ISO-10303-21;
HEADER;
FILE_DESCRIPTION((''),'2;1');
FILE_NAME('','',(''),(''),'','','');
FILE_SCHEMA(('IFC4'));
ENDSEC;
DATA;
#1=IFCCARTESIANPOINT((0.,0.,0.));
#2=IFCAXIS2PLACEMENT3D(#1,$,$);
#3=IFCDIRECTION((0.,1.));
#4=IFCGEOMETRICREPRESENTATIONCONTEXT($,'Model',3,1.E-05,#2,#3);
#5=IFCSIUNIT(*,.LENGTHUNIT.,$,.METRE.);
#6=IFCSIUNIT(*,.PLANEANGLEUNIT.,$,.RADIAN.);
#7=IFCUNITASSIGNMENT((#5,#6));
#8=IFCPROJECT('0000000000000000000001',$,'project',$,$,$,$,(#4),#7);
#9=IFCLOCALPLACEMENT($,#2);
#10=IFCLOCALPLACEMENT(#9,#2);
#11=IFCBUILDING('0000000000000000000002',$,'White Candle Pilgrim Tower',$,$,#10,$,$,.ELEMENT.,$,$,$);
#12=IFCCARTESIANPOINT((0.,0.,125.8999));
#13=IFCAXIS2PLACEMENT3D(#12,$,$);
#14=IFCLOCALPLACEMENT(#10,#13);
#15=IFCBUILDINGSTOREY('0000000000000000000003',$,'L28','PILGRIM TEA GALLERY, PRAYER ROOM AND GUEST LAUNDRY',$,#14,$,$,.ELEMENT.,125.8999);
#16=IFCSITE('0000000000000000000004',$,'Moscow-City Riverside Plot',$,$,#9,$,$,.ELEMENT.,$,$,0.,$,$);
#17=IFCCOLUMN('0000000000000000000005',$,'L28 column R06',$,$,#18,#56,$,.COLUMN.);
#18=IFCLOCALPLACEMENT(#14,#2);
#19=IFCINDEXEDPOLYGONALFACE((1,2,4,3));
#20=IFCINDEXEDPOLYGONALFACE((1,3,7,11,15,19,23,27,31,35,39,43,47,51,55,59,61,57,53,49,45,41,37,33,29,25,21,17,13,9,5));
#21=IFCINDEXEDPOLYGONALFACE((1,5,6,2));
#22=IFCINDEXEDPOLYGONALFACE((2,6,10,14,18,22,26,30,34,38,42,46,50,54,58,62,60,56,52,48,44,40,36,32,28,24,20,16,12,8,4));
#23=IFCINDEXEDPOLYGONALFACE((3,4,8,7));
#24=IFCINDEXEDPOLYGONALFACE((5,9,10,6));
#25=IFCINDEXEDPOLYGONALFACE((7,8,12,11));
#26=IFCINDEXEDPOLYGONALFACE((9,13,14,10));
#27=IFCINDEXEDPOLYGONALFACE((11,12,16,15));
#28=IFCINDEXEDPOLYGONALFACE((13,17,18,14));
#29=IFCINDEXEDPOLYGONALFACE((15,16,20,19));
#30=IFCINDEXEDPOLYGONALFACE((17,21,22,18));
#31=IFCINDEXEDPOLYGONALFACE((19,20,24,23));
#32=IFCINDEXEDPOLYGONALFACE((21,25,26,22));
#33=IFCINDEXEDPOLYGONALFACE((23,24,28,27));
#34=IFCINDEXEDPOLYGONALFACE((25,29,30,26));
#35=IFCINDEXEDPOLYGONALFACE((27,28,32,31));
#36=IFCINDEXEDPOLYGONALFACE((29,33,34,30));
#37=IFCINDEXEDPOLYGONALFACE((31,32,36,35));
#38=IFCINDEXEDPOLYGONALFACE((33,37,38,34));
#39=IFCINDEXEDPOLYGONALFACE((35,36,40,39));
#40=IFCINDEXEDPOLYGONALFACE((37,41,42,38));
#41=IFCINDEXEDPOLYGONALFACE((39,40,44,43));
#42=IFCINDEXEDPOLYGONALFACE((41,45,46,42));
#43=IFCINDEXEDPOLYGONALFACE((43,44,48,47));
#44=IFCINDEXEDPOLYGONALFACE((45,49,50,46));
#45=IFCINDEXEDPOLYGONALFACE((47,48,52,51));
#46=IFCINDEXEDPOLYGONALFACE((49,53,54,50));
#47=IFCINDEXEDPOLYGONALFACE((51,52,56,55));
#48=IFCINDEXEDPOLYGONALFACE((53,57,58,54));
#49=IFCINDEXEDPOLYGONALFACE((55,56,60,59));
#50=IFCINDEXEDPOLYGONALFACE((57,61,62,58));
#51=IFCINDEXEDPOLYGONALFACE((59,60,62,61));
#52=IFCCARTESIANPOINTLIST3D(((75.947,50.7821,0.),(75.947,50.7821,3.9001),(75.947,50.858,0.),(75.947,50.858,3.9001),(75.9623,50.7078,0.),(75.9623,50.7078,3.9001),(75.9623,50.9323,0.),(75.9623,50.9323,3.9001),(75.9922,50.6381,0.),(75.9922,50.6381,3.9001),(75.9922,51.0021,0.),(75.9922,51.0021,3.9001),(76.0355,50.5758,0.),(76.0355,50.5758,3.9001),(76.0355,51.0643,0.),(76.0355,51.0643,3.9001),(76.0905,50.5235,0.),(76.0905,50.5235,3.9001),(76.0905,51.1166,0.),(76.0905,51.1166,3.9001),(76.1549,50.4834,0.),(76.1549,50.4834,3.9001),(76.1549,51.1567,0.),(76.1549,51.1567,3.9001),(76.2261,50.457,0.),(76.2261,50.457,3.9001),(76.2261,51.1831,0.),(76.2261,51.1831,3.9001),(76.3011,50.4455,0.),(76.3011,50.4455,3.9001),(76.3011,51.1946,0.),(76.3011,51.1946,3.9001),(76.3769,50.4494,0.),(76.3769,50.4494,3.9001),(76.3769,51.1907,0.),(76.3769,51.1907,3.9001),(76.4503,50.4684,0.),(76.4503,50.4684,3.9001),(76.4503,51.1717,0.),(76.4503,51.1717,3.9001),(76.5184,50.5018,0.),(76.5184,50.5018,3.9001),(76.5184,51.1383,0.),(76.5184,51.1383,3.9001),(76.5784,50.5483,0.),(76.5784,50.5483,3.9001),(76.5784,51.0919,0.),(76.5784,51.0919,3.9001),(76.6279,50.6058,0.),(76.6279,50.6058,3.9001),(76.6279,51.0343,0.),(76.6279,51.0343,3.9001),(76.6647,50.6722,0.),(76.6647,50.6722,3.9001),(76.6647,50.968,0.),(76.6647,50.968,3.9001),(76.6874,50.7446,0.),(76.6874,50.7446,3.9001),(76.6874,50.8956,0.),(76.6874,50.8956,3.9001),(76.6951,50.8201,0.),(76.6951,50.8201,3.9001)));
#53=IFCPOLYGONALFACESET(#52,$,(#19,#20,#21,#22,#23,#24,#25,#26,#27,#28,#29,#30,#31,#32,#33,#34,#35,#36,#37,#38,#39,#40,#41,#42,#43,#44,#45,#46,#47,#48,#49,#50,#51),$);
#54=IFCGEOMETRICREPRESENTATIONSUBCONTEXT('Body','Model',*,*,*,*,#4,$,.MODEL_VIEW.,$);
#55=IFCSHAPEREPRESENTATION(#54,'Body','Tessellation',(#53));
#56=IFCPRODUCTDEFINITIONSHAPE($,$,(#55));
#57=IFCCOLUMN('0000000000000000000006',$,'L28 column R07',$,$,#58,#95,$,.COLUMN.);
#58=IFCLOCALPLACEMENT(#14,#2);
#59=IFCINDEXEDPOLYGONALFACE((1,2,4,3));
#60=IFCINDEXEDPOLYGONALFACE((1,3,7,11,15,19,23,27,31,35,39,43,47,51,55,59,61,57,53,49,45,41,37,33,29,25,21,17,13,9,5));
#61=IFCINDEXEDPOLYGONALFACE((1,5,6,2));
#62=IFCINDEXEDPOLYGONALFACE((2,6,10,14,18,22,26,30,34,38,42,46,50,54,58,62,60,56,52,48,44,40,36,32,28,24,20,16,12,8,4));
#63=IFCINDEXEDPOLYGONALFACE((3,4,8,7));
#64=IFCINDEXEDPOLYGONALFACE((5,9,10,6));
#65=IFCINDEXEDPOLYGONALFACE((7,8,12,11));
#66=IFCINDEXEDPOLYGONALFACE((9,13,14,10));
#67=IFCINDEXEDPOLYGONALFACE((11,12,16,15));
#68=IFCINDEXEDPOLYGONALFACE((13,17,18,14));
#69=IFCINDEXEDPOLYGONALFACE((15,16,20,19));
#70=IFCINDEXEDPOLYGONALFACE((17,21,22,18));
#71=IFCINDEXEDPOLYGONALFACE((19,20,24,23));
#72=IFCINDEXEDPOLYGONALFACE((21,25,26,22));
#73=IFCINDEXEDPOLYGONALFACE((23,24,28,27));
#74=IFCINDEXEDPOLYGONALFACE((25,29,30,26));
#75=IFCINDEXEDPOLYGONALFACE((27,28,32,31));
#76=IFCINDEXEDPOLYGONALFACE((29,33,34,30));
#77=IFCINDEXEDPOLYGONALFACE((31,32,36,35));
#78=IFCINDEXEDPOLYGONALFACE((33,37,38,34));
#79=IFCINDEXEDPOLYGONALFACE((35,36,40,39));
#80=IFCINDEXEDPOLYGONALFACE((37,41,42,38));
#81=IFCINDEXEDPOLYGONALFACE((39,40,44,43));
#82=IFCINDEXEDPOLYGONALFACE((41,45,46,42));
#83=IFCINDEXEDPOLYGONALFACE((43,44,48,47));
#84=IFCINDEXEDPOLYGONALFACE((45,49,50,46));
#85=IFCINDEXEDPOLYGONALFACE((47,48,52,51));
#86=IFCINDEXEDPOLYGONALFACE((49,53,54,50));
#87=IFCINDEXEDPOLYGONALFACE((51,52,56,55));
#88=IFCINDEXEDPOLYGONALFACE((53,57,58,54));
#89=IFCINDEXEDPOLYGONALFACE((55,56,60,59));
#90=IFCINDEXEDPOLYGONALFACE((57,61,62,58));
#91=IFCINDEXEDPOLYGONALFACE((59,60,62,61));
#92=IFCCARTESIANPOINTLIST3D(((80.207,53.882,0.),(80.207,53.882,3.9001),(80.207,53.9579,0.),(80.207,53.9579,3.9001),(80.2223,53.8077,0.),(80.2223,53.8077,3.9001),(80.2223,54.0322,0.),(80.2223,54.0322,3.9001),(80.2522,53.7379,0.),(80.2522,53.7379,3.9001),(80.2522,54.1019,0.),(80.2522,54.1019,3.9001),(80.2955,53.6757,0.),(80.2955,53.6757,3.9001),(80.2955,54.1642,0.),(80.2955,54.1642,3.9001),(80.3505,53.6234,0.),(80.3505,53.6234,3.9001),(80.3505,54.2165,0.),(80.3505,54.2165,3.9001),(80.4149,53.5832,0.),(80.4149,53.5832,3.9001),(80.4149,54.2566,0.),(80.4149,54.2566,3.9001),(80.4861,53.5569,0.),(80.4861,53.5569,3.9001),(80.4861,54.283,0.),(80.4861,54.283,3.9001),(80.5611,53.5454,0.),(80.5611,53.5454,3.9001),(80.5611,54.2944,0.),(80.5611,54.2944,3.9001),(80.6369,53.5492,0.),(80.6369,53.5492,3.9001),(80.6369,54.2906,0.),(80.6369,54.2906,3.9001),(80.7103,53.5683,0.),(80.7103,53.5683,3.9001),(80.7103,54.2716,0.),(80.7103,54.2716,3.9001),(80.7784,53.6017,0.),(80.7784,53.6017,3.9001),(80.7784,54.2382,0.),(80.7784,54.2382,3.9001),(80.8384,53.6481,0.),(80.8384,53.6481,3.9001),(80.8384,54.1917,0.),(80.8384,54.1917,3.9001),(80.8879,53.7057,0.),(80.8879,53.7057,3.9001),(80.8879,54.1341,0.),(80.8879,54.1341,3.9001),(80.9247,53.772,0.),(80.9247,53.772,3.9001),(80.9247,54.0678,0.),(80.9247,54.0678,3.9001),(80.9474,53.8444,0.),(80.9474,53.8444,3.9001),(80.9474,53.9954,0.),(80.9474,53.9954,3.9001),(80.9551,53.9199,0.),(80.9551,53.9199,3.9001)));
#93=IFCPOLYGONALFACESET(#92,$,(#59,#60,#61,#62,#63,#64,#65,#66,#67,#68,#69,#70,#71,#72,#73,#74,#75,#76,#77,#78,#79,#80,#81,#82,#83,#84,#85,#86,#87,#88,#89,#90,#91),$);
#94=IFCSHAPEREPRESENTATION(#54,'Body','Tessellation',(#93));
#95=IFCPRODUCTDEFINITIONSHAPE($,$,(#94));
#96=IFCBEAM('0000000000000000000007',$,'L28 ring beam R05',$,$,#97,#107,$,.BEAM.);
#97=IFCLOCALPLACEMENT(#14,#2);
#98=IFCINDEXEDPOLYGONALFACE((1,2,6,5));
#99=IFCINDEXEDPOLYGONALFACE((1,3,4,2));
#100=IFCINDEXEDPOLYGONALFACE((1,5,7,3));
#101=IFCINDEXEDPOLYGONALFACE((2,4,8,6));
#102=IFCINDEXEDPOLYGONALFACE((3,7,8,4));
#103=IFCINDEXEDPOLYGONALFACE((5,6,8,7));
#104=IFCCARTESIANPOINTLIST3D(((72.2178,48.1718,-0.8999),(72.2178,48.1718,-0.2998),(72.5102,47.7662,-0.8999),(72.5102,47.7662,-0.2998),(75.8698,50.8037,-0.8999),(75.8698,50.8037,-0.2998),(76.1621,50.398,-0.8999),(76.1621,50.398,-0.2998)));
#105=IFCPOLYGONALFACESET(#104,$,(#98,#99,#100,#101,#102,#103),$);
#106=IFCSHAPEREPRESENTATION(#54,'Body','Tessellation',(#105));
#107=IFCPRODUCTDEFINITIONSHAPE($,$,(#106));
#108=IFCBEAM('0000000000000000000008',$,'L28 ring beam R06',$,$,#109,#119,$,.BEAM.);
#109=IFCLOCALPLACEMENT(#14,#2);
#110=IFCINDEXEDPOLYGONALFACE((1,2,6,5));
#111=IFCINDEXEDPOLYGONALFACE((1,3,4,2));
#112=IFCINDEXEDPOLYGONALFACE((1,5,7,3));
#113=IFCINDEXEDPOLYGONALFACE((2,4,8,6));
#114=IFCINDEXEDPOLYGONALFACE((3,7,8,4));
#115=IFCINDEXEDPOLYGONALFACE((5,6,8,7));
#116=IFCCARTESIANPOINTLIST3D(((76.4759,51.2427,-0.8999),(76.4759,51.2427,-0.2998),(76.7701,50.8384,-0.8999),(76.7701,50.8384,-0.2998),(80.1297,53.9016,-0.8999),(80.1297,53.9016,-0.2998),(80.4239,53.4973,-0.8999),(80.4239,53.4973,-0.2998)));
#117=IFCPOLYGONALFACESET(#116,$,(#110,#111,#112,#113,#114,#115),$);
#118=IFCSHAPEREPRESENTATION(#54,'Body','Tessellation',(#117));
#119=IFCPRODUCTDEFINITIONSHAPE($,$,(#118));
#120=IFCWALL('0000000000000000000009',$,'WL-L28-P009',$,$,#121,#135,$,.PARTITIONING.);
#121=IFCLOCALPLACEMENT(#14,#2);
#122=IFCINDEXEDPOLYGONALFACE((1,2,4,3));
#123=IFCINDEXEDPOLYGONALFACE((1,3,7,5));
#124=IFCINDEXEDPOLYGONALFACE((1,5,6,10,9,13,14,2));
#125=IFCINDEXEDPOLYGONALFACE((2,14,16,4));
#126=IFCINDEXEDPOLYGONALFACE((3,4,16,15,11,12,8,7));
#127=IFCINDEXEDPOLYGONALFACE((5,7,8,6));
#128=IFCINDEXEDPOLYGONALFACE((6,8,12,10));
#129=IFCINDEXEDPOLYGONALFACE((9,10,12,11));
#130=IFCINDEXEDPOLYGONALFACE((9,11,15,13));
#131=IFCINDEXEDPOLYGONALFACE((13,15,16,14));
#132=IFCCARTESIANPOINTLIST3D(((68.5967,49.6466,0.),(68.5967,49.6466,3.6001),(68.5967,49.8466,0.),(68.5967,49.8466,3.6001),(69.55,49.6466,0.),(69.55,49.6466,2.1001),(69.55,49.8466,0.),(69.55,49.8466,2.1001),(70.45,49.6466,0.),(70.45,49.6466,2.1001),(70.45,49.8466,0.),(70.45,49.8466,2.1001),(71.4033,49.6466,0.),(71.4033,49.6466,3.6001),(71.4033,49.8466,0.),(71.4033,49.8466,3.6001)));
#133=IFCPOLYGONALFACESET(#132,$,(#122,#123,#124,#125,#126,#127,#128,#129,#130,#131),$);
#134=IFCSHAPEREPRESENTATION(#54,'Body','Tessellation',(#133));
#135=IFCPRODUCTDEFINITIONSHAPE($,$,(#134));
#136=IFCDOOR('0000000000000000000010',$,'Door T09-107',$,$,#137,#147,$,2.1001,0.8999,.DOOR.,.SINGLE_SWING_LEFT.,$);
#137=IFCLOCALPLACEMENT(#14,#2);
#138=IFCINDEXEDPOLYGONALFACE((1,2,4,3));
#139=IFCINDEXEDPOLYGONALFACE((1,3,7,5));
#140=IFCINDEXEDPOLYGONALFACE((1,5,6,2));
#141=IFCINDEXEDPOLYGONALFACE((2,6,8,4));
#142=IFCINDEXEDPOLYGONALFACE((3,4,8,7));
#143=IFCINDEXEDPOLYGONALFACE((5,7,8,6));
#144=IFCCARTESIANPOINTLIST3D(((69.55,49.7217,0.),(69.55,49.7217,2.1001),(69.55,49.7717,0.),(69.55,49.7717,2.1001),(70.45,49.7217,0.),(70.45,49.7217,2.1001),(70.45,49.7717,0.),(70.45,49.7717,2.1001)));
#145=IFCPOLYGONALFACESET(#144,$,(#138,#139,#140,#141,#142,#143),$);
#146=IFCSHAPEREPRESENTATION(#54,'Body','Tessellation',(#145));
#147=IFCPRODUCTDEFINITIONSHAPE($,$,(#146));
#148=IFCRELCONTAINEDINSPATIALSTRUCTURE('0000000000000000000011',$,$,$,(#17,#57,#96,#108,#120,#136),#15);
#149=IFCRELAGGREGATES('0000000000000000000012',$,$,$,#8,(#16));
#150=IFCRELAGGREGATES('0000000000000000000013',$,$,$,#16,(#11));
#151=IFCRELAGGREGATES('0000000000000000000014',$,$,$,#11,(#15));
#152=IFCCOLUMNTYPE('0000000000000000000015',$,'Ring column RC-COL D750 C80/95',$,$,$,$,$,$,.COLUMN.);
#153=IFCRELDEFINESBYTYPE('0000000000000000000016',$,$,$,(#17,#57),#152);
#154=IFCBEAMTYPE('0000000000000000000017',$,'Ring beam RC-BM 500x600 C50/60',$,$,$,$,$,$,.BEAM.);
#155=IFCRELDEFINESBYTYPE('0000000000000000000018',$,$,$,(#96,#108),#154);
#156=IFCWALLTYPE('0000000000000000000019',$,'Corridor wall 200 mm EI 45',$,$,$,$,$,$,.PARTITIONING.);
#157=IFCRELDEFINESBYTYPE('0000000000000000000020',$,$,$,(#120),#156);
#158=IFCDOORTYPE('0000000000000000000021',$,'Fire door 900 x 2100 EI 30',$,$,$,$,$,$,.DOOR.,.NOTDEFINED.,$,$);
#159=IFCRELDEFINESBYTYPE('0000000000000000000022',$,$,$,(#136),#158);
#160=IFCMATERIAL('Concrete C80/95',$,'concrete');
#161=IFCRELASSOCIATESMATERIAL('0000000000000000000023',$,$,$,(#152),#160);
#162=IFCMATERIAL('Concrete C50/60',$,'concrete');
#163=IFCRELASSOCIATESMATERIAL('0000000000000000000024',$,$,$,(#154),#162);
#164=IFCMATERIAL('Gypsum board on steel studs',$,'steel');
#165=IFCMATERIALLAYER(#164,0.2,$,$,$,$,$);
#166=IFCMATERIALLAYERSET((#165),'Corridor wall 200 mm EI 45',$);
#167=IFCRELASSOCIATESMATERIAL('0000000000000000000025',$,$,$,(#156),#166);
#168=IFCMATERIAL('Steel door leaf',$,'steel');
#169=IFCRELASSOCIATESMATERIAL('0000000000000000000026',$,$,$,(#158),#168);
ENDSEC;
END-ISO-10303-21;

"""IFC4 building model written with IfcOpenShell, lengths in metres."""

from ifc_helpers import new_model, si_unit, direction, frame, frame_2d, origin, origin_2d, place, context, subcontext, project, spatial, rectangle, circle, extrude, material, layer, layer_set, material_profile, profile_set, type_object, element, fill, save


model = new_model("IFC4")

# Units and contexts
model_context = context("Model", 3, precision=1e-05, world=origin(), true_north=direction((0.0, 1.0)))
body_context = subcontext(model_context, "Body", "Model", "MODEL_VIEW")
ifc_project = project(units=[si_unit("LENGTHUNIT", "METRE"), si_unit("PLANEANGLEUNIT", "RADIAN")], contexts=[model_context])

# Site, building, storey
site_placement = place(None, origin())
site = spatial("IfcSite", under=ifc_project, at=site_placement, Name="Moscow-City Riverside Plot", CompositionType="ELEMENT", RefElevation=0.0)
building_placement = place(site_placement, origin())
building = spatial("IfcBuilding", under=site, at=building_placement, Name="White Candle Pilgrim Tower", CompositionType="ELEMENT")
storey_placement = place(building_placement, frame((0.0, 0.0, 125.8999)))
storey = spatial("IfcBuildingStorey", under=building, at=storey_placement, Name="L28", Description="PILGRIM TEA GALLERY, PRAYER ROOM AND GUEST LAUNDRY", CompositionType="ELEMENT", Elevation=125.8999)

# Columns
ifc_material_1 = material(Name="Concrete C80/95", Category="concrete")
ifc_material_profile_1 = material_profile(ifc_material_1, circle(Radius=0.375, at=origin_2d()), Name="RC-COL D750")
ifc_profile_set_1 = profile_set([ifc_material_profile_1], Name="Concrete C80/95")
column_type = type_object("IfcColumnType", Name="Ring column RC-COL D750 C80/95", PredefinedType="COLUMN", material=ifc_profile_set_1)
for number, where, z_axis, x_axis, name in (
    (1, (76.3201, 50.8201, 0.0), (0.0, 0.0, 1.0), (1.0, 0.0, 0.0), "L28 column R06"),
    (2, (80.5801, 53.9199, 0.0), (0.0, 0.0, 1.0), (1.0, 0.0, 0.0), "L28 column R07"),
):
    element("IfcColumn", number, at=place(storey_placement, frame(where, z_axis=z_axis, x_axis=x_axis)), inside=storey, type_object=column_type, Name=name, PredefinedType="COLUMN", context=body_context, shape_type="SweptSolid", body=[
        extrude(circle(Radius=0.375, at=origin_2d()), origin(), (0.0, 0.0, 1.0), 3.9001),
    ])

# Beams
ifc_material_2 = material(Name="Concrete C50/60", Category="concrete")
ifc_material_profile_2 = material_profile(ifc_material_2, rectangle(XDim=0.5, YDim=0.6001, at=origin_2d()), Name="RC-BM 500x600")
ifc_profile_set_2 = profile_set([ifc_material_profile_2], Name="Concrete C50/60")
beam_type = type_object("IfcBeamType", Name="Ring beam RC-BM 500x600 C50/60", PredefinedType="BEAM", material=ifc_profile_set_2)
beam_1_placement = place(storey_placement, frame((72.364, 47.969, -0.5999), z_axis=(0.811271, 0.58467, 0.0), x_axis=(-0.58467, 0.811271, 0.0)))
element("IfcBeam", 3, at=beam_1_placement, inside=storey, type_object=beam_type, Name="L28 ring beam R05", PredefinedType="BEAM", context=body_context, shape_type="SweptSolid", body=[
    extrude(rectangle(XDim=0.5, YDim=0.6001, at=origin_2d()), origin(), (0.0, 0.0, 1.0), 4.5015),
])
beam_2_placement = place(storey_placement, frame((76.623, 51.0405, -0.5999), z_axis=(0.808566, 0.588406, 0.0), x_axis=(-0.588406, 0.808566, 0.0)))
element("IfcBeam", 4, at=beam_2_placement, inside=storey, type_object=beam_type, Name="L28 ring beam R06", PredefinedType="BEAM", context=body_context, shape_type="SweptSolid", body=[
    extrude(rectangle(XDim=0.5, YDim=0.6001, at=origin_2d()), origin(), (0.0, 0.0, 1.0), 4.5188),
])

# Wall, opening, door
ifc_material_3 = material(Name="Gypsum board on steel studs", Category="steel")
ifc_layer_1 = layer(ifc_material_3, 0.2)
ifc_layer_set_1 = layer_set([ifc_layer_1], Name="Corridor wall 200 mm EI 45")
wall_type_1 = type_object("IfcWallType", Name="Corridor wall 200 mm EI 45", PredefinedType="PARTITIONING", material=ifc_layer_set_1)
wall_1_placement = place(storey_placement, frame((71.4033, 49.7466, 0.0), z_axis=(0.0, 0.0, 1.0), x_axis=(-1.0, 0.0, 0.0)))
wall_1 = element("IfcWall", 5, at=wall_1_placement, inside=storey, type_object=wall_type_1, Name="WL-L28-P009", PredefinedType="PARTITIONING", context=body_context, shape_type="SweptSolid", body=[
    extrude(rectangle(XDim=2.8066, YDim=0.2, at=frame_2d((1.4033, 0.0))), origin(), (0.0, 0.0, 1.0), 3.6001),
])
opening_1_placement = place(wall_1_placement, frame((0.9534, 0.0, 0.0)))
opening_1 = element("IfcOpeningElement", 6, at=opening_1_placement, cuts=wall_1, PredefinedType="OPENING", context=body_context, shape_type="SweptSolid", body=[
    extrude(rectangle(XDim=0.8999, YDim=2.1001, at=frame_2d((0.45, 1.05))), frame((0.0, 0.1099, 0.0), z_axis=(0.0, -1.0, 0.0), x_axis=(1.0, 0.0, 0.0)), (0.0, 0.0, 1.0), 0.22),
])
ifc_material_4 = material(Name="Steel door leaf", Category="steel")
door_type_1 = type_object("IfcDoorType", Name="Fire door 900 x 2100 EI 30", OperationType="NOTDEFINED", PredefinedType="DOOR", material=ifc_material_4)
door_1_placement = place(opening_1_placement, origin())
door_1 = element("IfcDoor", 7, at=door_1_placement, inside=storey, type_object=door_type_1, Name="Door T09-107", OperationType="SINGLE_SWING_LEFT", OverallHeight=2.1001, OverallWidth=0.8999, PredefinedType="DOOR", context=body_context, shape_type="SweptSolid", body=[
    extrude(rectangle(XDim=0.8999, YDim=2.1001, at=frame_2d((0.45, 1.05))), frame((0.0, 0.0249, 0.0), z_axis=(0.0, -1.0, 0.0), x_axis=(1.0, 0.0, 0.0)), (0.0, 0.0, 1.0), 0.05),
])
fill(opening_1, door_1)

save(model, "model.ifc")
